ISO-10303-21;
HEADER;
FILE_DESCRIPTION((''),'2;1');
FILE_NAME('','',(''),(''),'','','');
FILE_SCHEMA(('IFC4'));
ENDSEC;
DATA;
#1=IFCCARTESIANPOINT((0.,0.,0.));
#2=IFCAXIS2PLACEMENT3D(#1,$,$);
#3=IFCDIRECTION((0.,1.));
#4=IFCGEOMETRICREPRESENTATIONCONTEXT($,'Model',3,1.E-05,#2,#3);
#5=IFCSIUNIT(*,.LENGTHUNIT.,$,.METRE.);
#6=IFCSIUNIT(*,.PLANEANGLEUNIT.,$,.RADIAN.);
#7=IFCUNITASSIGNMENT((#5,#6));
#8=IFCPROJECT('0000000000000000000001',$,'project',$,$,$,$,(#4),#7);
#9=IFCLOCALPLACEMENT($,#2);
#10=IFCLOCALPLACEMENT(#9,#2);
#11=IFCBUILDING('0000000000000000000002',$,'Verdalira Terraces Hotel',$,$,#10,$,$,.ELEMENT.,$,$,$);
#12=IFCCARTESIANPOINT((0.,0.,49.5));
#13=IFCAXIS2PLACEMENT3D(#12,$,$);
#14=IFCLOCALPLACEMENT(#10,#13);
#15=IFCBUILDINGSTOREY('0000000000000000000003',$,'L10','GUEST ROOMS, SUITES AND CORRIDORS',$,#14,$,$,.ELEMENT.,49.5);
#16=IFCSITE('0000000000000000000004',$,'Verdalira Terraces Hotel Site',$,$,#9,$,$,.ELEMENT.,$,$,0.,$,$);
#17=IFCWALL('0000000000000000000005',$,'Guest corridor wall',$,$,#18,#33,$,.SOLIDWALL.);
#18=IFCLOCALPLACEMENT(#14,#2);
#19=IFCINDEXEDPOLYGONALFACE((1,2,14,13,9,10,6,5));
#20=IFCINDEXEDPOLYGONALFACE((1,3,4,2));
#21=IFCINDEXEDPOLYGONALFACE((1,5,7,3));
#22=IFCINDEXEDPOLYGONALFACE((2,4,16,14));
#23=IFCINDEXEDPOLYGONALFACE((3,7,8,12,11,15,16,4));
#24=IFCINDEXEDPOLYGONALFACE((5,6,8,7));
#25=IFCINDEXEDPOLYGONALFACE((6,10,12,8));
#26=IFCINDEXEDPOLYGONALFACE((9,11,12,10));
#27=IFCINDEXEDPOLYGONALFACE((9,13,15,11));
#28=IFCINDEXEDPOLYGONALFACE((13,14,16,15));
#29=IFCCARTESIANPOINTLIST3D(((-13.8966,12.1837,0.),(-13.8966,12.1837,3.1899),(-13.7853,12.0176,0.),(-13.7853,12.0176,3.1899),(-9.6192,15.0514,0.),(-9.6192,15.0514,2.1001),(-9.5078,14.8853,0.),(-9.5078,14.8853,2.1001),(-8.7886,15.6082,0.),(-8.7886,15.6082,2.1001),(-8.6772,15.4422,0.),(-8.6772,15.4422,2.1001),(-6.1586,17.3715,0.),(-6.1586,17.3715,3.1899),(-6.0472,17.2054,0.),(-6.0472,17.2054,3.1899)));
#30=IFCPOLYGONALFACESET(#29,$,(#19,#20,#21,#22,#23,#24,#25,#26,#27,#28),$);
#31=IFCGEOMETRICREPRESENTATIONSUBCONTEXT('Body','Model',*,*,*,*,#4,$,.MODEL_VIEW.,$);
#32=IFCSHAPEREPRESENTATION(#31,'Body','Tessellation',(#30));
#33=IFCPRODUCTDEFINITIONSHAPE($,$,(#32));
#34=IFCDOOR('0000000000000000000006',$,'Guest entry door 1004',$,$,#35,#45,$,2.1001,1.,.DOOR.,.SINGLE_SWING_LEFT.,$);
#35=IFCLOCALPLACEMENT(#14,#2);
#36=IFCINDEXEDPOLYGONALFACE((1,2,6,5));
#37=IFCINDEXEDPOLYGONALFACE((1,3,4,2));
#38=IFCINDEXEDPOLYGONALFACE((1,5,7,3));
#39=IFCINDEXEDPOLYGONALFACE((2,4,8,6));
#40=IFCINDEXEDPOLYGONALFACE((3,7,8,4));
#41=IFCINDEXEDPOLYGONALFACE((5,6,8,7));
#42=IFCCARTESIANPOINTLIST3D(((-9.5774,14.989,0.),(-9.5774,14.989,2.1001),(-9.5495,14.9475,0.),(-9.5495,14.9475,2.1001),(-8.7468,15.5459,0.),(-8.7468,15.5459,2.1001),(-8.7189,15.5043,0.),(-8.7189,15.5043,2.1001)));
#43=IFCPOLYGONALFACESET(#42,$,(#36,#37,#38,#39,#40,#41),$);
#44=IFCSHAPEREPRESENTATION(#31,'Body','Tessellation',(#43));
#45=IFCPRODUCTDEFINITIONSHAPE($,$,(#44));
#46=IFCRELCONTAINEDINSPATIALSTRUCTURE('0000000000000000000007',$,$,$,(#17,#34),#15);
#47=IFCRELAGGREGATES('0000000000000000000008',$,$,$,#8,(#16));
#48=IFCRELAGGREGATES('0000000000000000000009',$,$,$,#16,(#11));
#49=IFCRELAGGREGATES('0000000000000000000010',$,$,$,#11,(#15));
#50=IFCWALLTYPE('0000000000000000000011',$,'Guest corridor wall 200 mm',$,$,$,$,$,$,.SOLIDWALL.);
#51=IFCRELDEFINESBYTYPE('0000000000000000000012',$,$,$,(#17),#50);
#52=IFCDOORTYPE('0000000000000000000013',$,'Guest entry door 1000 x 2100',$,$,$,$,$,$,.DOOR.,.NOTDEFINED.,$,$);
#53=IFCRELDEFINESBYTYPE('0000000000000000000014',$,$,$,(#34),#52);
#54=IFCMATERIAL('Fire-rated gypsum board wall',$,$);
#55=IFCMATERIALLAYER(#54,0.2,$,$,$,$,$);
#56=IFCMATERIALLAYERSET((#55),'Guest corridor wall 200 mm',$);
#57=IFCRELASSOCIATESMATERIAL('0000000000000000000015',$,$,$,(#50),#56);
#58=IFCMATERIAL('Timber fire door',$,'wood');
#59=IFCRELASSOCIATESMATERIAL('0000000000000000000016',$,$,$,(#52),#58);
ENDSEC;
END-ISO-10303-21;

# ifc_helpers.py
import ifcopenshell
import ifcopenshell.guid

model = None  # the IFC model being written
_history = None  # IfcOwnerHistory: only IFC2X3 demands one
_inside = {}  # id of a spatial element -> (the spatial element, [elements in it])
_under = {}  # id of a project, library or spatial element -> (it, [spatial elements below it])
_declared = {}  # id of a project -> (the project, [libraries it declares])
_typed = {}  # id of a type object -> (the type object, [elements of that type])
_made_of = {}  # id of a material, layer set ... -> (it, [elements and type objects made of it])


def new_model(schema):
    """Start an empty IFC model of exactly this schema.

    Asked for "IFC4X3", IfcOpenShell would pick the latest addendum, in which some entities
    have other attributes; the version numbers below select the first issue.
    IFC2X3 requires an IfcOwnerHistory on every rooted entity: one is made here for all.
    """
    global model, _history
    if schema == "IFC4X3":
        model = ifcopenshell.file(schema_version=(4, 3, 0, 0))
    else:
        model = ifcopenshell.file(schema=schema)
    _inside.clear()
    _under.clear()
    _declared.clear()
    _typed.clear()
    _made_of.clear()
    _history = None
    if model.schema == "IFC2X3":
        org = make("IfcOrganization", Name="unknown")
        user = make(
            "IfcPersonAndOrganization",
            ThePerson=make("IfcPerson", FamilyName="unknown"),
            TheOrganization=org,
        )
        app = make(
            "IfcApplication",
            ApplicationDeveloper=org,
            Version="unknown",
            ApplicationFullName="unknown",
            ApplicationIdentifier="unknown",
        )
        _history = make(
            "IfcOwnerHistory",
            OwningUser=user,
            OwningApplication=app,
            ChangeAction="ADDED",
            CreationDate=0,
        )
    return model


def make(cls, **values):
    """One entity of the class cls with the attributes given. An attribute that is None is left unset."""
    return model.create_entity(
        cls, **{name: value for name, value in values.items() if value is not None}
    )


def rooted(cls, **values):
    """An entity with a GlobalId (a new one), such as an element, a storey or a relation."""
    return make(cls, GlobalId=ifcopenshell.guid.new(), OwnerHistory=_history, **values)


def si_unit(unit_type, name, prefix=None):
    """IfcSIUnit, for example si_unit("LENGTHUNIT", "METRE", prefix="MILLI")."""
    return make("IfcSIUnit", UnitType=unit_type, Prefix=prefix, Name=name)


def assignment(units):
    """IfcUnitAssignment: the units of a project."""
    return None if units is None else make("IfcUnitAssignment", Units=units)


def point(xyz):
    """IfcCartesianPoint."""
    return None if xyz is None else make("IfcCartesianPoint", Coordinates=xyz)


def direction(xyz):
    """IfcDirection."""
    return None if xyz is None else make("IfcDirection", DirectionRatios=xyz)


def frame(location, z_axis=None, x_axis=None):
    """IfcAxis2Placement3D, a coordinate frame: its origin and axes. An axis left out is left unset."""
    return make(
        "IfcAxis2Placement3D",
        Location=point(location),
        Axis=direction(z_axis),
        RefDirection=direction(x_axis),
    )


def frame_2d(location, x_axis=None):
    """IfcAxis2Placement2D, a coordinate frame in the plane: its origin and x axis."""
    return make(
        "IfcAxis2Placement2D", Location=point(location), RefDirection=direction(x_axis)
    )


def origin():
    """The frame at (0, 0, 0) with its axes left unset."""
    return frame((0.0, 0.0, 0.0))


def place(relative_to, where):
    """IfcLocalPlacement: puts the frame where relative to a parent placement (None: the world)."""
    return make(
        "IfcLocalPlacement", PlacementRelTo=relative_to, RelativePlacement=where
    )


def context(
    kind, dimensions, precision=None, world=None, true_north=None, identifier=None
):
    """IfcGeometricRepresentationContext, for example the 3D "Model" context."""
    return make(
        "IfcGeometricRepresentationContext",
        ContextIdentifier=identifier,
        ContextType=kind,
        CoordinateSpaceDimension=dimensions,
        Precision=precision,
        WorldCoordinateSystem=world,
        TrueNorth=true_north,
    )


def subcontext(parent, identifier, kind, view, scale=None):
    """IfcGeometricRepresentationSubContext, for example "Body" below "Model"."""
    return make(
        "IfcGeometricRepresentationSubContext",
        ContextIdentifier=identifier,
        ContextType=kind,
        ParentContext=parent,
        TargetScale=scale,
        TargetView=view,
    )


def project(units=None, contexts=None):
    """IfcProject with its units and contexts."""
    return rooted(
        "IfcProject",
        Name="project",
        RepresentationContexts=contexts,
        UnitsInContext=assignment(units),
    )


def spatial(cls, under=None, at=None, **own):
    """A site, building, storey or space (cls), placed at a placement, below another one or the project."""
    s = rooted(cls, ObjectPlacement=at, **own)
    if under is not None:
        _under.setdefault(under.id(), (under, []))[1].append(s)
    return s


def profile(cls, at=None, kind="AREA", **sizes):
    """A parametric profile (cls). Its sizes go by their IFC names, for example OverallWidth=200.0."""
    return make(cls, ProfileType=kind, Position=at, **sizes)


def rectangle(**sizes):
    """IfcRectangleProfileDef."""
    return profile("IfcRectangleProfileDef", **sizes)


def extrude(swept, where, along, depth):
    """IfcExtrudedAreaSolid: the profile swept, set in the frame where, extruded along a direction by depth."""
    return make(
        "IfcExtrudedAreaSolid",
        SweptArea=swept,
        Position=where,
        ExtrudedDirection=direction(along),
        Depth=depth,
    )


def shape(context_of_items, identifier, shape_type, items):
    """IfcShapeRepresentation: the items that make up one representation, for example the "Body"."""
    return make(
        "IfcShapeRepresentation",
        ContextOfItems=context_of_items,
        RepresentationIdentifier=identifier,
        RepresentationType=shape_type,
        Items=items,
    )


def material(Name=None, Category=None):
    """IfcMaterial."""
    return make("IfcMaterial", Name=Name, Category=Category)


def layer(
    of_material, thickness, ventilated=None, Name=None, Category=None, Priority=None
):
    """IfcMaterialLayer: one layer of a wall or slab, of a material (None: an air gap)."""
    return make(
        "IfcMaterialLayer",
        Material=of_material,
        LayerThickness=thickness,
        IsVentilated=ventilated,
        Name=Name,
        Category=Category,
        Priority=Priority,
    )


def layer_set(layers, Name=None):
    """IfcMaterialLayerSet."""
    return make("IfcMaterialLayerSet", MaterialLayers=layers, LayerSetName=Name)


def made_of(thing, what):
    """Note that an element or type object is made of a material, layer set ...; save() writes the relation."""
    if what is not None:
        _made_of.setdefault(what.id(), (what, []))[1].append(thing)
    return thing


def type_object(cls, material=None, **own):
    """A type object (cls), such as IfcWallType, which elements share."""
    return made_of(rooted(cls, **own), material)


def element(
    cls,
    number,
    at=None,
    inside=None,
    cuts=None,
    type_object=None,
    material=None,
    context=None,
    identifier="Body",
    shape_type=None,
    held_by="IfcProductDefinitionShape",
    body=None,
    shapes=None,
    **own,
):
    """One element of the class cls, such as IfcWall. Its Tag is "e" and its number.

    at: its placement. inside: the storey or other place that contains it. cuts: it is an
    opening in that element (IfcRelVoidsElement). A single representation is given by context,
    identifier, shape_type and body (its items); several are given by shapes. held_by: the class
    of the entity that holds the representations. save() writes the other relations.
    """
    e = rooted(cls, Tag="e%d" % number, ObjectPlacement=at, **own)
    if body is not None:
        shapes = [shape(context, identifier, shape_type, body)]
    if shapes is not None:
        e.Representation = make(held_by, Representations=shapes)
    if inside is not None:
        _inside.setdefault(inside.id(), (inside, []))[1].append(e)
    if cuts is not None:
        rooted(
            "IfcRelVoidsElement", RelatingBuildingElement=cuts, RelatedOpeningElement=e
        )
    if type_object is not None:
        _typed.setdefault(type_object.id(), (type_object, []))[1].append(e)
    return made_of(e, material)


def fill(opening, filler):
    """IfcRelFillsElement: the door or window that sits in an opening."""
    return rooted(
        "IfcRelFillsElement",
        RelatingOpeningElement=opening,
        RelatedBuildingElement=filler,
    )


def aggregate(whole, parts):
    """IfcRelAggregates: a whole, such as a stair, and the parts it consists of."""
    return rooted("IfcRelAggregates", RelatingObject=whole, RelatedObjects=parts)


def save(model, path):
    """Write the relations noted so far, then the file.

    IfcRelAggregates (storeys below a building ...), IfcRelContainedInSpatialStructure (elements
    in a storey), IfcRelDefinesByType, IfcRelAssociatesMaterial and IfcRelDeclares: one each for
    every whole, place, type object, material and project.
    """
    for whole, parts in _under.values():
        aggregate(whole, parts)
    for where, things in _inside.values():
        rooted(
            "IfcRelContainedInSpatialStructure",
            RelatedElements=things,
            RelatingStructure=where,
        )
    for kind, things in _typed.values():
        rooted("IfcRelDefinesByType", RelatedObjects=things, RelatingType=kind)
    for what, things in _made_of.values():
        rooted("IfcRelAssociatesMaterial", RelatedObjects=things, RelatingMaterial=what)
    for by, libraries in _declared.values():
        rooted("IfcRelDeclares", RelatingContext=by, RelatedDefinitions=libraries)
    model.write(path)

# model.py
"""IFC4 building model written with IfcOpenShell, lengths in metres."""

from ifc_helpers import new_model, si_unit, direction, frame, frame_2d, origin, place, context, subcontext, project, spatial, rectangle, extrude, material, layer, layer_set, type_object, element, fill, save


model = new_model("IFC4")

# Units and contexts
model_context = context("Model", 3, precision=1e-05, world=origin(), true_north=direction((0.0, 1.0)))
body_context = subcontext(model_context, "Body", "Model", "MODEL_VIEW")
ifc_project = project(units=[si_unit("LENGTHUNIT", "METRE"), si_unit("PLANEANGLEUNIT", "RADIAN")], contexts=[model_context])

# Site, building, storey
site_placement = place(None, origin())
site = spatial("IfcSite", under=ifc_project, at=site_placement, Name="Verdalira Terraces Hotel Site", CompositionType="ELEMENT", RefElevation=0.0)
building_placement = place(site_placement, origin())
building = spatial("IfcBuilding", under=site, at=building_placement, Name="Verdalira Terraces Hotel", CompositionType="ELEMENT")
storey_placement = place(building_placement, frame((0.0, 0.0, 49.5)))
storey = spatial("IfcBuildingStorey", under=building, at=storey_placement, Name="L10", Description="GUEST ROOMS, SUITES AND CORRIDORS", CompositionType="ELEMENT", Elevation=49.5)

# Wall, opening, door
ifc_material_1 = material(Name="Fire-rated gypsum board wall")
ifc_layer_1 = layer(ifc_material_1, 0.2)
ifc_layer_set_1 = layer_set([ifc_layer_1], Name="Guest corridor wall 200 mm")
wall_type_1 = type_object("IfcWallType", Name="Guest corridor wall 200 mm", PredefinedType="SOLIDWALL", material=ifc_layer_set_1)
ifc_material_2 = material(Name="Timber fire door", Category="wood")
door_type_1 = type_object("IfcDoorType", Name="Guest entry door 1000 x 2100", OperationType="NOTDEFINED", PredefinedType="DOOR", material=ifc_material_2)
wall_1_placement = place(storey_placement, frame((-13.8411, 12.1006, 0.0), z_axis=(0.0, 0.0, 1.0), x_axis=(0.830608, 0.556857, 0.0)))
wall_1 = element("IfcWall", 1, at=wall_1_placement, inside=storey, type_object=wall_type_1, Name="Guest corridor wall", PredefinedType="SOLIDWALL", context=body_context, shape_type="SweptSolid", body=[
    extrude(rectangle(XDim=9.3162, YDim=0.2, at=frame_2d((4.6582, 0.0))), origin(), (0.0, 0.0, 1.0), 3.1899),
])
opening_1_placement = place(wall_1_placement, frame((5.1499, 0.0, 0.0)))
opening_1 = element("IfcOpeningElement", 2, at=opening_1_placement, cuts=wall_1, PredefinedType="OPENING", context=body_context, shape_type="SweptSolid", body=[
    extrude(rectangle(XDim=1.0, YDim=2.1001, at=frame_2d((0.5, 1.05))), frame((0.0, 0.1099, 0.0), z_axis=(0.0, -1.0, 0.0), x_axis=(1.0, 0.0, 0.0)), (0.0, 0.0, 1.0), 0.22),
])
door_1_placement = place(opening_1_placement, origin())
door_1 = element("IfcDoor", 3, at=door_1_placement, inside=storey, type_object=door_type_1, Name="Guest entry door 1004", OperationType="SINGLE_SWING_LEFT", OverallHeight=2.1001, OverallWidth=1.0, PredefinedType="DOOR", context=body_context, shape_type="SweptSolid", body=[
    extrude(rectangle(XDim=1.0, YDim=2.1001, at=frame_2d((0.5, 1.05))), frame((0.0, 0.0249, 0.0), z_axis=(0.0, -1.0, 0.0), x_axis=(1.0, 0.0, 0.0)), (0.0, 0.0, 1.0), 0.05),
])
fill(opening_1, door_1)

save(model, "model.ifc")
